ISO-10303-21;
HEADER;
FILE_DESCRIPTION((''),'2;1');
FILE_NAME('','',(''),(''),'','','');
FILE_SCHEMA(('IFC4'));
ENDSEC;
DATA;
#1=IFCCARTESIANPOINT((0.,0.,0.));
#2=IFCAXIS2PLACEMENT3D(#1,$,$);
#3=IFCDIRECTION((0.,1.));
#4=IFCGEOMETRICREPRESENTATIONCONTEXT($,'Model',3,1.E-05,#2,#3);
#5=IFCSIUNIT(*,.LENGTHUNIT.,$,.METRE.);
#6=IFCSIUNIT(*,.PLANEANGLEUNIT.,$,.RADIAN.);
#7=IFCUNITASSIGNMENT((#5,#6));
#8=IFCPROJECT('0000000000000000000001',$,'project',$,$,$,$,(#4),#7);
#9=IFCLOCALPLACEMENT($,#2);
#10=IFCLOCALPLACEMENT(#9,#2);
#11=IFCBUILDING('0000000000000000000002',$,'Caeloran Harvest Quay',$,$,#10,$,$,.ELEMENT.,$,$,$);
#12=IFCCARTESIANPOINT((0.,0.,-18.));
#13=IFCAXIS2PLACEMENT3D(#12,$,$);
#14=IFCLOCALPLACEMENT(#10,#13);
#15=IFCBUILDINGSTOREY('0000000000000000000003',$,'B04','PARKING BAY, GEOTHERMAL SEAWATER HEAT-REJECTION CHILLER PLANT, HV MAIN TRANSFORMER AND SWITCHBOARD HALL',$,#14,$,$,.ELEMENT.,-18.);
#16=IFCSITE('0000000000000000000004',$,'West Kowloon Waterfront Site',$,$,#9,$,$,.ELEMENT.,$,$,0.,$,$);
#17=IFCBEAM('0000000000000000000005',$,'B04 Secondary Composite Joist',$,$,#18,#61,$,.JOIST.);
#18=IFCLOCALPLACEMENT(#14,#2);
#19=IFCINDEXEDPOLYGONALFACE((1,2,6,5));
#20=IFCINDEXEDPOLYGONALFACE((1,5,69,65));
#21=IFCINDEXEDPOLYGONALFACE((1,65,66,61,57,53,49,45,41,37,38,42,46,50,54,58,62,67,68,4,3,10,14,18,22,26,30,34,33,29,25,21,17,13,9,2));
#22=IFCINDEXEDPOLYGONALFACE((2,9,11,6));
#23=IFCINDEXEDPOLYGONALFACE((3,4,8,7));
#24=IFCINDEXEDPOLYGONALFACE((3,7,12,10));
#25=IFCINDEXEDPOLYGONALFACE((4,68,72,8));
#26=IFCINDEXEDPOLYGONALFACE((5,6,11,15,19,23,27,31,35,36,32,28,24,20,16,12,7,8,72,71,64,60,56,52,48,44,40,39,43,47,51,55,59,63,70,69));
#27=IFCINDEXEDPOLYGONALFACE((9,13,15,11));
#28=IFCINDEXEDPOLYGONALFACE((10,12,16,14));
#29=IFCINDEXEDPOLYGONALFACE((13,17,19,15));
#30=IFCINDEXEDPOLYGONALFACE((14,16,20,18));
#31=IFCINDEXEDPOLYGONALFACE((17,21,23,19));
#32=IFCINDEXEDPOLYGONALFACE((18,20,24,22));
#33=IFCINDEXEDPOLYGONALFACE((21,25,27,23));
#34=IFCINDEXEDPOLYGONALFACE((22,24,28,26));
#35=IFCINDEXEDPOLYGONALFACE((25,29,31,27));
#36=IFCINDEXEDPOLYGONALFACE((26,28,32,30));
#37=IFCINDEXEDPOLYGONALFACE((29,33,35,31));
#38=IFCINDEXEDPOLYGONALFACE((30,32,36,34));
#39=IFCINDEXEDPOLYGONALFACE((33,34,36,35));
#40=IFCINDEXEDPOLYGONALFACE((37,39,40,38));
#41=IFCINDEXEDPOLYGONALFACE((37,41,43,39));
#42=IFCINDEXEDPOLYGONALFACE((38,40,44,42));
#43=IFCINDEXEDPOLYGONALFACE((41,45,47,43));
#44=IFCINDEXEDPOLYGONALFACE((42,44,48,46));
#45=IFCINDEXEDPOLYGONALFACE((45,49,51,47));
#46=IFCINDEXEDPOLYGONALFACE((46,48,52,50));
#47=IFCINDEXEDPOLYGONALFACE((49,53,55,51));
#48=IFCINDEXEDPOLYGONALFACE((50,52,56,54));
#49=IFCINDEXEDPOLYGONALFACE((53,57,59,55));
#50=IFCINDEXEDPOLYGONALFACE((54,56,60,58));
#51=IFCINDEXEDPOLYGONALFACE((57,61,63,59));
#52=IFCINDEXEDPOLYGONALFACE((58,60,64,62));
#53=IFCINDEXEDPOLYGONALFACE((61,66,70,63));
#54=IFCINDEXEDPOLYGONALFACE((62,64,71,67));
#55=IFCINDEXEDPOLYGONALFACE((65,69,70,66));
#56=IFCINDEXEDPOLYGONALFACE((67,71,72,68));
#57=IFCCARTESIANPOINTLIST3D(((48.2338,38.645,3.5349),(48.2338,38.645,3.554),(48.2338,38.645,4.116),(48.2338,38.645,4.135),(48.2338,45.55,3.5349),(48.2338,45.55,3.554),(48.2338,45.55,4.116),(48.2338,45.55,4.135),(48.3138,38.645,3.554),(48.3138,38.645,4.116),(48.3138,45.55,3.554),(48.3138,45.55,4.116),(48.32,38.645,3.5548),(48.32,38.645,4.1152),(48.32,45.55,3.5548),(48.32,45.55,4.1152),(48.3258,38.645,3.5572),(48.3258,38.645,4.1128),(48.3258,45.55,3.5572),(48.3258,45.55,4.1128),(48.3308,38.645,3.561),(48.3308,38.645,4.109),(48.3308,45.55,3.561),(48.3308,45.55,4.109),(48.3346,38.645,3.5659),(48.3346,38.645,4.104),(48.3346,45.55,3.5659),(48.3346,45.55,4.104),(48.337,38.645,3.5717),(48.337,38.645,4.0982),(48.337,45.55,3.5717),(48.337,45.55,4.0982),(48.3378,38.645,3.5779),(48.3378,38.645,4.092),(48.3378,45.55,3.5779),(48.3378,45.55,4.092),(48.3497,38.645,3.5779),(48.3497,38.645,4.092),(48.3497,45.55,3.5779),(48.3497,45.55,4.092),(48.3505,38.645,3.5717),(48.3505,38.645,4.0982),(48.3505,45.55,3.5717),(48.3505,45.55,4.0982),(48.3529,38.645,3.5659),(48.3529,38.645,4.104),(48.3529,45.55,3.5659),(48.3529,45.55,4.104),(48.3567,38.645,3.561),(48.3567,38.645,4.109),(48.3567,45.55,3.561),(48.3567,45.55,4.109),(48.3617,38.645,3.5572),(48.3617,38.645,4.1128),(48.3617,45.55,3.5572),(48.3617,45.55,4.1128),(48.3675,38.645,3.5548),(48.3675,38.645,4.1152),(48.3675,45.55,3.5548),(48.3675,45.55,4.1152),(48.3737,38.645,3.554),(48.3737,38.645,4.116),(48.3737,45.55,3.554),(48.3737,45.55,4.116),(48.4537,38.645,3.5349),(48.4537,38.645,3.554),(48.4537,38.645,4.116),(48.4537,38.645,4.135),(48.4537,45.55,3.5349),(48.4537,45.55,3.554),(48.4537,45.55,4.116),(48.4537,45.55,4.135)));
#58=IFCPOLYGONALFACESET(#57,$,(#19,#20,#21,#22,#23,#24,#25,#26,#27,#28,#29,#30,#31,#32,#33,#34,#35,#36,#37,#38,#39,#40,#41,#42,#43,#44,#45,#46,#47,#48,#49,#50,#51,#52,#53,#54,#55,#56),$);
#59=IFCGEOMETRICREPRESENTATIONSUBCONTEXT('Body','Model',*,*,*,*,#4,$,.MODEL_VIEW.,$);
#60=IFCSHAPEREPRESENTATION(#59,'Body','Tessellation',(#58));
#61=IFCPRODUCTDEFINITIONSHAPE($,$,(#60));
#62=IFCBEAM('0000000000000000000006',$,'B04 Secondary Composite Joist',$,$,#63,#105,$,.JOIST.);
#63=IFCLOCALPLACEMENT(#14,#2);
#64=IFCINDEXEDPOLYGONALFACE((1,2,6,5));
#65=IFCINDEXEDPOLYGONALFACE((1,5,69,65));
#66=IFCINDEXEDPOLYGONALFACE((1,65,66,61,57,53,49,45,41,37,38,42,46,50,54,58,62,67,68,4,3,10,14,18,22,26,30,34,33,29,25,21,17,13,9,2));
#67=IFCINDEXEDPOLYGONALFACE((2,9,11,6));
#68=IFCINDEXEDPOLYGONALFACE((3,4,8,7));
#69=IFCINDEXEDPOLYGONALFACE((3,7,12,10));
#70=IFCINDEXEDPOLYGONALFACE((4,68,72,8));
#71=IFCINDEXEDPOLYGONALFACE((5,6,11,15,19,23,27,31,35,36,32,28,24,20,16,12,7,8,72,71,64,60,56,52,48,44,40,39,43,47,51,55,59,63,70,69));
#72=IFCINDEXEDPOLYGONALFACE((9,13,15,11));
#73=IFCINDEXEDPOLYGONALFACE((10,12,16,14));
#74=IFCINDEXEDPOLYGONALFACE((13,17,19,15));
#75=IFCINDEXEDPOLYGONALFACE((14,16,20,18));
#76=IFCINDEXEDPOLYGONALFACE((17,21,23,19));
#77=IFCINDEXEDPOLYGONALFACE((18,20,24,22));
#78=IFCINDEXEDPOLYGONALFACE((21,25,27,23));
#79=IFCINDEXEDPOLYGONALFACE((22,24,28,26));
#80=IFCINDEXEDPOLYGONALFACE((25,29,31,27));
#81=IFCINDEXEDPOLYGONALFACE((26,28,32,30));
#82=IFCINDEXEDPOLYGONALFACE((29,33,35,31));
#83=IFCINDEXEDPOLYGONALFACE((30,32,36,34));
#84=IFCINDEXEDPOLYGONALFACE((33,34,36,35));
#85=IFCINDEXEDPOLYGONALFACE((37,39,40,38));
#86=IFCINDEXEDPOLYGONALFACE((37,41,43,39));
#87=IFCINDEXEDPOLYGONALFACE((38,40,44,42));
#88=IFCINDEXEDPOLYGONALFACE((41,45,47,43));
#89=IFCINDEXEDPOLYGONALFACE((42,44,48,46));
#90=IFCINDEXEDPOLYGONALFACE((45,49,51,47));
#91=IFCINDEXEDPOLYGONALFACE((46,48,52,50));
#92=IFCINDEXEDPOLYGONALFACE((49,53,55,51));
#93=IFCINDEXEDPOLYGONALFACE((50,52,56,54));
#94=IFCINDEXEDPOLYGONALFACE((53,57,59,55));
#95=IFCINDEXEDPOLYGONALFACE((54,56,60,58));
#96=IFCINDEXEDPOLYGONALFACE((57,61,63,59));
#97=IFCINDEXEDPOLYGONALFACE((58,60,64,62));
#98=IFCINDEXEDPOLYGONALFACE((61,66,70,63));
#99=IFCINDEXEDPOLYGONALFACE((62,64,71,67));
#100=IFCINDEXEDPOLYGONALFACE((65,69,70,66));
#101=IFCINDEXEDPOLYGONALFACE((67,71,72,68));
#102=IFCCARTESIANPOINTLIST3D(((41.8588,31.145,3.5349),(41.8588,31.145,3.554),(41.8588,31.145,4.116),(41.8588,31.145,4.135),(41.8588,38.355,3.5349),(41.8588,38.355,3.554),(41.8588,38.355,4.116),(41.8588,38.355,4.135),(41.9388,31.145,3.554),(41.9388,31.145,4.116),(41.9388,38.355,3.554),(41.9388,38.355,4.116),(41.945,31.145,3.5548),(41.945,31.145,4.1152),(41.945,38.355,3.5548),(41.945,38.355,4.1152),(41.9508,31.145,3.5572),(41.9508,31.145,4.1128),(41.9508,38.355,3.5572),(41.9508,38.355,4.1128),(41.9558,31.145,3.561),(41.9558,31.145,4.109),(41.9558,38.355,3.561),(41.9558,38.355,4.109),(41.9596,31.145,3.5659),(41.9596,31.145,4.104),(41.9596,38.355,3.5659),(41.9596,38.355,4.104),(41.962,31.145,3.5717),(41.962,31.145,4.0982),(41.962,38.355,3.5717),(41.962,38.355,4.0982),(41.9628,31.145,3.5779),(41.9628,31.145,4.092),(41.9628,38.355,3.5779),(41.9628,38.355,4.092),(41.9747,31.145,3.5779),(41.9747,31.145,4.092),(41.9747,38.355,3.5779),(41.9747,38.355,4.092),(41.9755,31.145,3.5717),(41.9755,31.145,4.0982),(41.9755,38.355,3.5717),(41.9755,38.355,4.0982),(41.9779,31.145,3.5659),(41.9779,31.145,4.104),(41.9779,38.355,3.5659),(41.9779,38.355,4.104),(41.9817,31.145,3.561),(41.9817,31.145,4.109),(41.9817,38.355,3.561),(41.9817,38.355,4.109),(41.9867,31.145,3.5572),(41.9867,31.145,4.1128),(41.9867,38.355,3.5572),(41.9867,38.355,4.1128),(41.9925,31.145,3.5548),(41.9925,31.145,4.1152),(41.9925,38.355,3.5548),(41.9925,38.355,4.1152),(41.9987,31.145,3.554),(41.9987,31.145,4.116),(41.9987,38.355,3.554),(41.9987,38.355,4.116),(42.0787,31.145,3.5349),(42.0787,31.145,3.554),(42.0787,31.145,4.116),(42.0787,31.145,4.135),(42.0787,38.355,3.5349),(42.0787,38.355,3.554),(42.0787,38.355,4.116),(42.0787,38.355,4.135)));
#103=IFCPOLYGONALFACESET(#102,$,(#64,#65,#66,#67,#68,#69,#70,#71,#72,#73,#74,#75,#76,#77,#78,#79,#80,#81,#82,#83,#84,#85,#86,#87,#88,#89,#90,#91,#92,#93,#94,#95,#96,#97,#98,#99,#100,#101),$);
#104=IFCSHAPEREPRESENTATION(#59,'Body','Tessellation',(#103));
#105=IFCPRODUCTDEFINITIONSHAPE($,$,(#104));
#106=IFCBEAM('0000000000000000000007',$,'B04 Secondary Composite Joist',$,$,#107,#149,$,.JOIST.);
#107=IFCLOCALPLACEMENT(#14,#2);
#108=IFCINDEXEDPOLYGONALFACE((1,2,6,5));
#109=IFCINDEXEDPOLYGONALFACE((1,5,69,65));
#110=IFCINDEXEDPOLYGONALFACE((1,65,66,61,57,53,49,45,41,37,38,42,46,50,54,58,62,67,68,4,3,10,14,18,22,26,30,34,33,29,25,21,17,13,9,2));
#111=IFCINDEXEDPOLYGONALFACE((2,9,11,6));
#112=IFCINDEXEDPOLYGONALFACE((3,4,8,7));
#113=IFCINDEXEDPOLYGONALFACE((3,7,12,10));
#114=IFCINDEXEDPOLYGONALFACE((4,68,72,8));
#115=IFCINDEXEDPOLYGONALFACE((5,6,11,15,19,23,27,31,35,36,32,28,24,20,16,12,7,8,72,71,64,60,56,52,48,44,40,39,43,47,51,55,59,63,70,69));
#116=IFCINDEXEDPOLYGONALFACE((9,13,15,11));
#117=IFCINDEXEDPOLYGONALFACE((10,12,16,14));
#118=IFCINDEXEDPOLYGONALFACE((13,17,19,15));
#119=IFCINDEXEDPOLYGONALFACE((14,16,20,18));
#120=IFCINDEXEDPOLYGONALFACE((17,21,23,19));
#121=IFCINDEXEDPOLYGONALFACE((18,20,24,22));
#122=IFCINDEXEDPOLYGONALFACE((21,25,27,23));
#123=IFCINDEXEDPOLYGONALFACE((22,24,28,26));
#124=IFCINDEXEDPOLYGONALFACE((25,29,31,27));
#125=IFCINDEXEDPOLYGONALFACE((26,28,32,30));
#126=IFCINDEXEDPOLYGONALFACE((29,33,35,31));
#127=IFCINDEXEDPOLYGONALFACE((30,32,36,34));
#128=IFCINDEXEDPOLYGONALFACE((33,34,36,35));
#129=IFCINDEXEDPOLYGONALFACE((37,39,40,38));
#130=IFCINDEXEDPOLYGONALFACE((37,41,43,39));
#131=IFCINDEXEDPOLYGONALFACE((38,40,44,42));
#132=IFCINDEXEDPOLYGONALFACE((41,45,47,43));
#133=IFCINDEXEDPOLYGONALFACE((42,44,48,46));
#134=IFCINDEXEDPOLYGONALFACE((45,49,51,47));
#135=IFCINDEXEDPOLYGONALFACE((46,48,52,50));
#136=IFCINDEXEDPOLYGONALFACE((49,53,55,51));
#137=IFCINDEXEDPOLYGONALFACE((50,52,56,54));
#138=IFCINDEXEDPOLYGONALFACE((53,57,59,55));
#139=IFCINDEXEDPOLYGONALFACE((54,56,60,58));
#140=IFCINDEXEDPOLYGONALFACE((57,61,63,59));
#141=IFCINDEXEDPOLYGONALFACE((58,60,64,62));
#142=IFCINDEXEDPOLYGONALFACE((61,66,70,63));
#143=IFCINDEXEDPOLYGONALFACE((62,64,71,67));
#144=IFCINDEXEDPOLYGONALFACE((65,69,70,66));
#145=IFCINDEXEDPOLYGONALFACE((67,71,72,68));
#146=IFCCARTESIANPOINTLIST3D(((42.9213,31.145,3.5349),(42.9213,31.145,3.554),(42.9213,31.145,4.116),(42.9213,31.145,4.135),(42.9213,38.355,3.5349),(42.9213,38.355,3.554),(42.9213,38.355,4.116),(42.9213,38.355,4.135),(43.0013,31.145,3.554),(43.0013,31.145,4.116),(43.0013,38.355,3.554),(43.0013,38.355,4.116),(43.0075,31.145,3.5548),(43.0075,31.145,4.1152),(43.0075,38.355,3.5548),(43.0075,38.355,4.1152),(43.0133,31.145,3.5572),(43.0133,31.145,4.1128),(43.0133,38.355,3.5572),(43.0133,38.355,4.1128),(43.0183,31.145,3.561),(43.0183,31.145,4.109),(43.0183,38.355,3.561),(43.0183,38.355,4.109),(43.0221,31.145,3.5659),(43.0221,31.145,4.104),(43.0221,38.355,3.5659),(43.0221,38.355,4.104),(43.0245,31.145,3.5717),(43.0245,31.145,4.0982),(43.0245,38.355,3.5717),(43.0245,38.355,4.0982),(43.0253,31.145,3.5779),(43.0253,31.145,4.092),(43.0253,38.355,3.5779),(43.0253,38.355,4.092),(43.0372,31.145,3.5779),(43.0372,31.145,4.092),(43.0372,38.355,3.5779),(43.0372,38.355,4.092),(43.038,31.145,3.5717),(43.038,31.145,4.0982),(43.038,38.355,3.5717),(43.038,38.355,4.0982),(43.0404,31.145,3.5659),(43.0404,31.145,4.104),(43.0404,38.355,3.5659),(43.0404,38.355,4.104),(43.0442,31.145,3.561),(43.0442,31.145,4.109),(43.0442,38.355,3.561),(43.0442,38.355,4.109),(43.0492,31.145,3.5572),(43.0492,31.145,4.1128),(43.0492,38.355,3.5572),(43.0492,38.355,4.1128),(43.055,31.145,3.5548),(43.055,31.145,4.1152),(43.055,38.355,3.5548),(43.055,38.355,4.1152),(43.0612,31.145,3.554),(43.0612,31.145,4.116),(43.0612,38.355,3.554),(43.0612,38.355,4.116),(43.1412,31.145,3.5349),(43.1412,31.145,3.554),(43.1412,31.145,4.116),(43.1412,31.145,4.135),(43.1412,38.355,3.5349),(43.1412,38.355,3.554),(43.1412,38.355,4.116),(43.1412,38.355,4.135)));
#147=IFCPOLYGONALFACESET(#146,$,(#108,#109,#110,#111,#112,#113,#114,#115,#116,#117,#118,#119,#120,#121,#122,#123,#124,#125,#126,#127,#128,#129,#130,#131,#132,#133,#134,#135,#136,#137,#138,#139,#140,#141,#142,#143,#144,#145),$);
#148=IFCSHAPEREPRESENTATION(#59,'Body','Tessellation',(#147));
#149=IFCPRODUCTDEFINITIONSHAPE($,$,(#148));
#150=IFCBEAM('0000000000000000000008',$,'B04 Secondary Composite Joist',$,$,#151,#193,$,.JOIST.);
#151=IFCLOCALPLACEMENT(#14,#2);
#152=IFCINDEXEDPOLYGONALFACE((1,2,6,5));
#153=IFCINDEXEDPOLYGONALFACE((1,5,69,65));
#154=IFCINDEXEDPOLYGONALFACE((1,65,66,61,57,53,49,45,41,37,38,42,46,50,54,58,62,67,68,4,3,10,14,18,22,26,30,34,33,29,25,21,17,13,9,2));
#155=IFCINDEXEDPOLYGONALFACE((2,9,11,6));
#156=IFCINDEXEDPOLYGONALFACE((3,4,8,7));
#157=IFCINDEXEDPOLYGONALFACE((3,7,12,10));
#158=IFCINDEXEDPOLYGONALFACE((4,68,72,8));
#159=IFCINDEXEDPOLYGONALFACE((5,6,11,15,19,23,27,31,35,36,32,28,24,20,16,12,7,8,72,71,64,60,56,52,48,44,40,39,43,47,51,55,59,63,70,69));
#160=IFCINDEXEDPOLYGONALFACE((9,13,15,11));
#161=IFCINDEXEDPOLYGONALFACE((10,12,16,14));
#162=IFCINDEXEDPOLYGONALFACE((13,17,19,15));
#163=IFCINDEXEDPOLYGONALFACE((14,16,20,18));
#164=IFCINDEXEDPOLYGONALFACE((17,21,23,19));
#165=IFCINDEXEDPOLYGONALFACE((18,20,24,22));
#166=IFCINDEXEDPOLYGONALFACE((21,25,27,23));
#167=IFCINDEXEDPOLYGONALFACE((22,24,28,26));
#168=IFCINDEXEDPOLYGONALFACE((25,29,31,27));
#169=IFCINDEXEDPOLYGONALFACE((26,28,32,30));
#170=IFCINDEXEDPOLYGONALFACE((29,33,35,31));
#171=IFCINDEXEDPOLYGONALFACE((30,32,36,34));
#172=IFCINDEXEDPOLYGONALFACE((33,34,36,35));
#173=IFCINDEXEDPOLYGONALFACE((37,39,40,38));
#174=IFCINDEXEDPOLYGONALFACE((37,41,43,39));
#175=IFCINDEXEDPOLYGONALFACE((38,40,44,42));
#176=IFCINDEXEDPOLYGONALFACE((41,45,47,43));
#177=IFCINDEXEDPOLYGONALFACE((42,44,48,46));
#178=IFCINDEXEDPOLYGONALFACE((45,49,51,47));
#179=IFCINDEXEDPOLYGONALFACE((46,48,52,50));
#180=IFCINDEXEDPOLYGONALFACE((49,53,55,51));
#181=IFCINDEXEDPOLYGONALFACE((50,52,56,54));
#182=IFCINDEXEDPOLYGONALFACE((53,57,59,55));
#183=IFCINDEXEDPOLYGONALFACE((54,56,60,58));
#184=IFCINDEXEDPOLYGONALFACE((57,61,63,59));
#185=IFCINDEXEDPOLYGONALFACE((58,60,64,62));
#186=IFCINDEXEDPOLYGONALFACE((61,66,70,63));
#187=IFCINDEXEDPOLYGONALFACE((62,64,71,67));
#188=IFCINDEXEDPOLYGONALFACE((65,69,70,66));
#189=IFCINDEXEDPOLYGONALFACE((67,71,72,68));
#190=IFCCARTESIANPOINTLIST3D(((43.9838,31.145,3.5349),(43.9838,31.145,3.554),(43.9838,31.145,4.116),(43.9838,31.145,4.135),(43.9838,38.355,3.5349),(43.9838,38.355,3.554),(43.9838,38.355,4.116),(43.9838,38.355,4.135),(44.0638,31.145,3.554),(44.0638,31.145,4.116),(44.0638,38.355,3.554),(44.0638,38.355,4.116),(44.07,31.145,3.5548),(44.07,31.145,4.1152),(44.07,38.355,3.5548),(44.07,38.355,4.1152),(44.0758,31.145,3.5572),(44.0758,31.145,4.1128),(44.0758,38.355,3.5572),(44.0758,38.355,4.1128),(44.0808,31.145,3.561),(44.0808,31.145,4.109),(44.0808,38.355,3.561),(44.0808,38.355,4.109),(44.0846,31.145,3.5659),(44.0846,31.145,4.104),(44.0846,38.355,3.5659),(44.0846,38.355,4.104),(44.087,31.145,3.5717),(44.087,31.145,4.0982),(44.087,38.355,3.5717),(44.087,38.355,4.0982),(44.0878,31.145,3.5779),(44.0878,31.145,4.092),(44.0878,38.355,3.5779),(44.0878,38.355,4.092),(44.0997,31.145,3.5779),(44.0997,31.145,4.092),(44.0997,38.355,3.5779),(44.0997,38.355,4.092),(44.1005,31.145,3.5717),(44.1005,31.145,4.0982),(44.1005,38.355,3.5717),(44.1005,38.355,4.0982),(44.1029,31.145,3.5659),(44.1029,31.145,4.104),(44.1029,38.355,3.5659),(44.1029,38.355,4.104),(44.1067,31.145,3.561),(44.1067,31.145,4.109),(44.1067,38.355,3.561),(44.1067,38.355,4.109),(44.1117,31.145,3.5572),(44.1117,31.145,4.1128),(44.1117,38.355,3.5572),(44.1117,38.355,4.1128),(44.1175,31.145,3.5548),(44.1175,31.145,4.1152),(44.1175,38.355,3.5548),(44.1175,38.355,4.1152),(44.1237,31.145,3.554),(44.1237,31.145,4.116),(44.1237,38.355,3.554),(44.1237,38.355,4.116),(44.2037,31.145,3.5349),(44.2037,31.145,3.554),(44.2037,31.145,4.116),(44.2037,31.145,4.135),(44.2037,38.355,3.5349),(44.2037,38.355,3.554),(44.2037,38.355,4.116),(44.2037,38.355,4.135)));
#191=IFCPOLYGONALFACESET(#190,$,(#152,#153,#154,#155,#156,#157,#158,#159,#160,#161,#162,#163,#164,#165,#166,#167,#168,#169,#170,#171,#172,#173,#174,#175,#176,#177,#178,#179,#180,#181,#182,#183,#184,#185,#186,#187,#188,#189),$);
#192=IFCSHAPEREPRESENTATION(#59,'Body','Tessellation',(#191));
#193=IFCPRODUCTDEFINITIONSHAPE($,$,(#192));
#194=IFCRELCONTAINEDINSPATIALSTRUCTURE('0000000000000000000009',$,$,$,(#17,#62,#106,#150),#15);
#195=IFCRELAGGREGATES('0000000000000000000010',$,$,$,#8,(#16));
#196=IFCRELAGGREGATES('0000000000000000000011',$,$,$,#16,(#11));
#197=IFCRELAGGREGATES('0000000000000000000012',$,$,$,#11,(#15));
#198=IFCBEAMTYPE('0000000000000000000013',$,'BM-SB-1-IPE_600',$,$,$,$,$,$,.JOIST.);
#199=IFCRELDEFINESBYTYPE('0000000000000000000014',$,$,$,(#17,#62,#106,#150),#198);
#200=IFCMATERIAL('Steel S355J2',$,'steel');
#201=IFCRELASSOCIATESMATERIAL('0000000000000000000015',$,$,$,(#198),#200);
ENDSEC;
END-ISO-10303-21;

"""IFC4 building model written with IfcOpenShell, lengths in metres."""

from ifc_helpers import new_model, si_unit, direction, frame, origin, origin_2d, place, context, subcontext, project, spatial, i_section, extrude, material, material_profile, profile_set, type_object, element, save


model = new_model("IFC4")

# Units and contexts
model_context = context("Model", 3, precision=1e-05, world=origin(), true_north=direction((0.0, 1.0)))
body_context = subcontext(model_context, "Body", "Model", "MODEL_VIEW")
ifc_project = project(units=[si_unit("LENGTHUNIT", "METRE"), si_unit("PLANEANGLEUNIT", "RADIAN")], contexts=[model_context])

# Site, building, storey
site_placement = place(None, origin())
site = spatial("IfcSite", under=ifc_project, at=site_placement, Name="West Kowloon Waterfront Site", CompositionType="ELEMENT", RefElevation=0.0)
building_placement = place(site_placement, origin())
building = spatial("IfcBuilding", under=site, at=building_placement, Name="Caeloran Harvest Quay", CompositionType="ELEMENT")
storey_placement = place(building_placement, frame((0.0, 0.0, -18.0)))
storey = spatial("IfcBuildingStorey", under=building, at=storey_placement, Name="B04", Description="PARKING BAY, GEOTHERMAL SEAWATER HEAT-REJECTION CHILLER PLANT, HV MAIN TRANSFORMER AND SWITCHBOARD HALL", CompositionType="ELEMENT", Elevation=-18.0)

# Beams
ifc_material_1 = material(Name="Steel S355J2", Category="steel")
ifc_material_profile_1 = material_profile(ifc_material_1, i_section(OverallWidth=0.22, OverallDepth=0.6001, WebThickness=0.012, FlangeThickness=0.019, FilletRadius=0.0239, at=origin_2d()), Name="IPE 600")
ifc_profile_set_1 = profile_set([ifc_material_profile_1], Name="Steel S355J2")
beam_type_1 = type_object("IfcBeamType", Name="BM-SB-1-IPE_600", PredefinedType="JOIST", material=ifc_profile_set_1)
for number, where, z_axis, x_axis, name in (
    (1, (48.3438, 38.645, 3.835), (0.0, 1.0, 0.0), (-1.0, 0.0, 0.0), "B04 Secondary Composite Joist"),
):
    element("IfcBeam", number, at=place(storey_placement, frame(where, z_axis=z_axis, x_axis=x_axis)), inside=storey, type_object=beam_type_1, Name=name, PredefinedType="JOIST", context=body_context, shape_type="SweptSolid", body=[
        extrude(i_section(OverallWidth=0.22, OverallDepth=0.6001, WebThickness=0.012, FlangeThickness=0.019, FilletRadius=0.0239, at=origin_2d()), origin(), (0.0, 0.0, 1.0), 6.905),
    ])
for number, where, z_axis, x_axis, name in (
    (2, (41.9688, 31.145, 3.835), (0.0, 1.0, 0.0), (-1.0, 0.0, 0.0), "B04 Secondary Composite Joist"),
    (3, (43.0312, 31.145, 3.835), (0.0, 1.0, 0.0), (-1.0, 0.0, 0.0), "B04 Secondary Composite Joist"),
    (4, (44.0938, 31.145, 3.835), (0.0, 1.0, 0.0), (-1.0, 0.0, 0.0), "B04 Secondary Composite Joist"),
):
    element("IfcBeam", number, at=place(storey_placement, frame(where, z_axis=z_axis, x_axis=x_axis)), inside=storey, type_object=beam_type_1, Name=name, PredefinedType="JOIST", context=body_context, shape_type="SweptSolid", body=[
        extrude(i_section(OverallWidth=0.22, OverallDepth=0.6001, WebThickness=0.012, FlangeThickness=0.019, FilletRadius=0.0239, at=origin_2d()), origin(), (0.0, 0.0, 1.0), 7.21),
    ])

save(model, "model.ifc")
